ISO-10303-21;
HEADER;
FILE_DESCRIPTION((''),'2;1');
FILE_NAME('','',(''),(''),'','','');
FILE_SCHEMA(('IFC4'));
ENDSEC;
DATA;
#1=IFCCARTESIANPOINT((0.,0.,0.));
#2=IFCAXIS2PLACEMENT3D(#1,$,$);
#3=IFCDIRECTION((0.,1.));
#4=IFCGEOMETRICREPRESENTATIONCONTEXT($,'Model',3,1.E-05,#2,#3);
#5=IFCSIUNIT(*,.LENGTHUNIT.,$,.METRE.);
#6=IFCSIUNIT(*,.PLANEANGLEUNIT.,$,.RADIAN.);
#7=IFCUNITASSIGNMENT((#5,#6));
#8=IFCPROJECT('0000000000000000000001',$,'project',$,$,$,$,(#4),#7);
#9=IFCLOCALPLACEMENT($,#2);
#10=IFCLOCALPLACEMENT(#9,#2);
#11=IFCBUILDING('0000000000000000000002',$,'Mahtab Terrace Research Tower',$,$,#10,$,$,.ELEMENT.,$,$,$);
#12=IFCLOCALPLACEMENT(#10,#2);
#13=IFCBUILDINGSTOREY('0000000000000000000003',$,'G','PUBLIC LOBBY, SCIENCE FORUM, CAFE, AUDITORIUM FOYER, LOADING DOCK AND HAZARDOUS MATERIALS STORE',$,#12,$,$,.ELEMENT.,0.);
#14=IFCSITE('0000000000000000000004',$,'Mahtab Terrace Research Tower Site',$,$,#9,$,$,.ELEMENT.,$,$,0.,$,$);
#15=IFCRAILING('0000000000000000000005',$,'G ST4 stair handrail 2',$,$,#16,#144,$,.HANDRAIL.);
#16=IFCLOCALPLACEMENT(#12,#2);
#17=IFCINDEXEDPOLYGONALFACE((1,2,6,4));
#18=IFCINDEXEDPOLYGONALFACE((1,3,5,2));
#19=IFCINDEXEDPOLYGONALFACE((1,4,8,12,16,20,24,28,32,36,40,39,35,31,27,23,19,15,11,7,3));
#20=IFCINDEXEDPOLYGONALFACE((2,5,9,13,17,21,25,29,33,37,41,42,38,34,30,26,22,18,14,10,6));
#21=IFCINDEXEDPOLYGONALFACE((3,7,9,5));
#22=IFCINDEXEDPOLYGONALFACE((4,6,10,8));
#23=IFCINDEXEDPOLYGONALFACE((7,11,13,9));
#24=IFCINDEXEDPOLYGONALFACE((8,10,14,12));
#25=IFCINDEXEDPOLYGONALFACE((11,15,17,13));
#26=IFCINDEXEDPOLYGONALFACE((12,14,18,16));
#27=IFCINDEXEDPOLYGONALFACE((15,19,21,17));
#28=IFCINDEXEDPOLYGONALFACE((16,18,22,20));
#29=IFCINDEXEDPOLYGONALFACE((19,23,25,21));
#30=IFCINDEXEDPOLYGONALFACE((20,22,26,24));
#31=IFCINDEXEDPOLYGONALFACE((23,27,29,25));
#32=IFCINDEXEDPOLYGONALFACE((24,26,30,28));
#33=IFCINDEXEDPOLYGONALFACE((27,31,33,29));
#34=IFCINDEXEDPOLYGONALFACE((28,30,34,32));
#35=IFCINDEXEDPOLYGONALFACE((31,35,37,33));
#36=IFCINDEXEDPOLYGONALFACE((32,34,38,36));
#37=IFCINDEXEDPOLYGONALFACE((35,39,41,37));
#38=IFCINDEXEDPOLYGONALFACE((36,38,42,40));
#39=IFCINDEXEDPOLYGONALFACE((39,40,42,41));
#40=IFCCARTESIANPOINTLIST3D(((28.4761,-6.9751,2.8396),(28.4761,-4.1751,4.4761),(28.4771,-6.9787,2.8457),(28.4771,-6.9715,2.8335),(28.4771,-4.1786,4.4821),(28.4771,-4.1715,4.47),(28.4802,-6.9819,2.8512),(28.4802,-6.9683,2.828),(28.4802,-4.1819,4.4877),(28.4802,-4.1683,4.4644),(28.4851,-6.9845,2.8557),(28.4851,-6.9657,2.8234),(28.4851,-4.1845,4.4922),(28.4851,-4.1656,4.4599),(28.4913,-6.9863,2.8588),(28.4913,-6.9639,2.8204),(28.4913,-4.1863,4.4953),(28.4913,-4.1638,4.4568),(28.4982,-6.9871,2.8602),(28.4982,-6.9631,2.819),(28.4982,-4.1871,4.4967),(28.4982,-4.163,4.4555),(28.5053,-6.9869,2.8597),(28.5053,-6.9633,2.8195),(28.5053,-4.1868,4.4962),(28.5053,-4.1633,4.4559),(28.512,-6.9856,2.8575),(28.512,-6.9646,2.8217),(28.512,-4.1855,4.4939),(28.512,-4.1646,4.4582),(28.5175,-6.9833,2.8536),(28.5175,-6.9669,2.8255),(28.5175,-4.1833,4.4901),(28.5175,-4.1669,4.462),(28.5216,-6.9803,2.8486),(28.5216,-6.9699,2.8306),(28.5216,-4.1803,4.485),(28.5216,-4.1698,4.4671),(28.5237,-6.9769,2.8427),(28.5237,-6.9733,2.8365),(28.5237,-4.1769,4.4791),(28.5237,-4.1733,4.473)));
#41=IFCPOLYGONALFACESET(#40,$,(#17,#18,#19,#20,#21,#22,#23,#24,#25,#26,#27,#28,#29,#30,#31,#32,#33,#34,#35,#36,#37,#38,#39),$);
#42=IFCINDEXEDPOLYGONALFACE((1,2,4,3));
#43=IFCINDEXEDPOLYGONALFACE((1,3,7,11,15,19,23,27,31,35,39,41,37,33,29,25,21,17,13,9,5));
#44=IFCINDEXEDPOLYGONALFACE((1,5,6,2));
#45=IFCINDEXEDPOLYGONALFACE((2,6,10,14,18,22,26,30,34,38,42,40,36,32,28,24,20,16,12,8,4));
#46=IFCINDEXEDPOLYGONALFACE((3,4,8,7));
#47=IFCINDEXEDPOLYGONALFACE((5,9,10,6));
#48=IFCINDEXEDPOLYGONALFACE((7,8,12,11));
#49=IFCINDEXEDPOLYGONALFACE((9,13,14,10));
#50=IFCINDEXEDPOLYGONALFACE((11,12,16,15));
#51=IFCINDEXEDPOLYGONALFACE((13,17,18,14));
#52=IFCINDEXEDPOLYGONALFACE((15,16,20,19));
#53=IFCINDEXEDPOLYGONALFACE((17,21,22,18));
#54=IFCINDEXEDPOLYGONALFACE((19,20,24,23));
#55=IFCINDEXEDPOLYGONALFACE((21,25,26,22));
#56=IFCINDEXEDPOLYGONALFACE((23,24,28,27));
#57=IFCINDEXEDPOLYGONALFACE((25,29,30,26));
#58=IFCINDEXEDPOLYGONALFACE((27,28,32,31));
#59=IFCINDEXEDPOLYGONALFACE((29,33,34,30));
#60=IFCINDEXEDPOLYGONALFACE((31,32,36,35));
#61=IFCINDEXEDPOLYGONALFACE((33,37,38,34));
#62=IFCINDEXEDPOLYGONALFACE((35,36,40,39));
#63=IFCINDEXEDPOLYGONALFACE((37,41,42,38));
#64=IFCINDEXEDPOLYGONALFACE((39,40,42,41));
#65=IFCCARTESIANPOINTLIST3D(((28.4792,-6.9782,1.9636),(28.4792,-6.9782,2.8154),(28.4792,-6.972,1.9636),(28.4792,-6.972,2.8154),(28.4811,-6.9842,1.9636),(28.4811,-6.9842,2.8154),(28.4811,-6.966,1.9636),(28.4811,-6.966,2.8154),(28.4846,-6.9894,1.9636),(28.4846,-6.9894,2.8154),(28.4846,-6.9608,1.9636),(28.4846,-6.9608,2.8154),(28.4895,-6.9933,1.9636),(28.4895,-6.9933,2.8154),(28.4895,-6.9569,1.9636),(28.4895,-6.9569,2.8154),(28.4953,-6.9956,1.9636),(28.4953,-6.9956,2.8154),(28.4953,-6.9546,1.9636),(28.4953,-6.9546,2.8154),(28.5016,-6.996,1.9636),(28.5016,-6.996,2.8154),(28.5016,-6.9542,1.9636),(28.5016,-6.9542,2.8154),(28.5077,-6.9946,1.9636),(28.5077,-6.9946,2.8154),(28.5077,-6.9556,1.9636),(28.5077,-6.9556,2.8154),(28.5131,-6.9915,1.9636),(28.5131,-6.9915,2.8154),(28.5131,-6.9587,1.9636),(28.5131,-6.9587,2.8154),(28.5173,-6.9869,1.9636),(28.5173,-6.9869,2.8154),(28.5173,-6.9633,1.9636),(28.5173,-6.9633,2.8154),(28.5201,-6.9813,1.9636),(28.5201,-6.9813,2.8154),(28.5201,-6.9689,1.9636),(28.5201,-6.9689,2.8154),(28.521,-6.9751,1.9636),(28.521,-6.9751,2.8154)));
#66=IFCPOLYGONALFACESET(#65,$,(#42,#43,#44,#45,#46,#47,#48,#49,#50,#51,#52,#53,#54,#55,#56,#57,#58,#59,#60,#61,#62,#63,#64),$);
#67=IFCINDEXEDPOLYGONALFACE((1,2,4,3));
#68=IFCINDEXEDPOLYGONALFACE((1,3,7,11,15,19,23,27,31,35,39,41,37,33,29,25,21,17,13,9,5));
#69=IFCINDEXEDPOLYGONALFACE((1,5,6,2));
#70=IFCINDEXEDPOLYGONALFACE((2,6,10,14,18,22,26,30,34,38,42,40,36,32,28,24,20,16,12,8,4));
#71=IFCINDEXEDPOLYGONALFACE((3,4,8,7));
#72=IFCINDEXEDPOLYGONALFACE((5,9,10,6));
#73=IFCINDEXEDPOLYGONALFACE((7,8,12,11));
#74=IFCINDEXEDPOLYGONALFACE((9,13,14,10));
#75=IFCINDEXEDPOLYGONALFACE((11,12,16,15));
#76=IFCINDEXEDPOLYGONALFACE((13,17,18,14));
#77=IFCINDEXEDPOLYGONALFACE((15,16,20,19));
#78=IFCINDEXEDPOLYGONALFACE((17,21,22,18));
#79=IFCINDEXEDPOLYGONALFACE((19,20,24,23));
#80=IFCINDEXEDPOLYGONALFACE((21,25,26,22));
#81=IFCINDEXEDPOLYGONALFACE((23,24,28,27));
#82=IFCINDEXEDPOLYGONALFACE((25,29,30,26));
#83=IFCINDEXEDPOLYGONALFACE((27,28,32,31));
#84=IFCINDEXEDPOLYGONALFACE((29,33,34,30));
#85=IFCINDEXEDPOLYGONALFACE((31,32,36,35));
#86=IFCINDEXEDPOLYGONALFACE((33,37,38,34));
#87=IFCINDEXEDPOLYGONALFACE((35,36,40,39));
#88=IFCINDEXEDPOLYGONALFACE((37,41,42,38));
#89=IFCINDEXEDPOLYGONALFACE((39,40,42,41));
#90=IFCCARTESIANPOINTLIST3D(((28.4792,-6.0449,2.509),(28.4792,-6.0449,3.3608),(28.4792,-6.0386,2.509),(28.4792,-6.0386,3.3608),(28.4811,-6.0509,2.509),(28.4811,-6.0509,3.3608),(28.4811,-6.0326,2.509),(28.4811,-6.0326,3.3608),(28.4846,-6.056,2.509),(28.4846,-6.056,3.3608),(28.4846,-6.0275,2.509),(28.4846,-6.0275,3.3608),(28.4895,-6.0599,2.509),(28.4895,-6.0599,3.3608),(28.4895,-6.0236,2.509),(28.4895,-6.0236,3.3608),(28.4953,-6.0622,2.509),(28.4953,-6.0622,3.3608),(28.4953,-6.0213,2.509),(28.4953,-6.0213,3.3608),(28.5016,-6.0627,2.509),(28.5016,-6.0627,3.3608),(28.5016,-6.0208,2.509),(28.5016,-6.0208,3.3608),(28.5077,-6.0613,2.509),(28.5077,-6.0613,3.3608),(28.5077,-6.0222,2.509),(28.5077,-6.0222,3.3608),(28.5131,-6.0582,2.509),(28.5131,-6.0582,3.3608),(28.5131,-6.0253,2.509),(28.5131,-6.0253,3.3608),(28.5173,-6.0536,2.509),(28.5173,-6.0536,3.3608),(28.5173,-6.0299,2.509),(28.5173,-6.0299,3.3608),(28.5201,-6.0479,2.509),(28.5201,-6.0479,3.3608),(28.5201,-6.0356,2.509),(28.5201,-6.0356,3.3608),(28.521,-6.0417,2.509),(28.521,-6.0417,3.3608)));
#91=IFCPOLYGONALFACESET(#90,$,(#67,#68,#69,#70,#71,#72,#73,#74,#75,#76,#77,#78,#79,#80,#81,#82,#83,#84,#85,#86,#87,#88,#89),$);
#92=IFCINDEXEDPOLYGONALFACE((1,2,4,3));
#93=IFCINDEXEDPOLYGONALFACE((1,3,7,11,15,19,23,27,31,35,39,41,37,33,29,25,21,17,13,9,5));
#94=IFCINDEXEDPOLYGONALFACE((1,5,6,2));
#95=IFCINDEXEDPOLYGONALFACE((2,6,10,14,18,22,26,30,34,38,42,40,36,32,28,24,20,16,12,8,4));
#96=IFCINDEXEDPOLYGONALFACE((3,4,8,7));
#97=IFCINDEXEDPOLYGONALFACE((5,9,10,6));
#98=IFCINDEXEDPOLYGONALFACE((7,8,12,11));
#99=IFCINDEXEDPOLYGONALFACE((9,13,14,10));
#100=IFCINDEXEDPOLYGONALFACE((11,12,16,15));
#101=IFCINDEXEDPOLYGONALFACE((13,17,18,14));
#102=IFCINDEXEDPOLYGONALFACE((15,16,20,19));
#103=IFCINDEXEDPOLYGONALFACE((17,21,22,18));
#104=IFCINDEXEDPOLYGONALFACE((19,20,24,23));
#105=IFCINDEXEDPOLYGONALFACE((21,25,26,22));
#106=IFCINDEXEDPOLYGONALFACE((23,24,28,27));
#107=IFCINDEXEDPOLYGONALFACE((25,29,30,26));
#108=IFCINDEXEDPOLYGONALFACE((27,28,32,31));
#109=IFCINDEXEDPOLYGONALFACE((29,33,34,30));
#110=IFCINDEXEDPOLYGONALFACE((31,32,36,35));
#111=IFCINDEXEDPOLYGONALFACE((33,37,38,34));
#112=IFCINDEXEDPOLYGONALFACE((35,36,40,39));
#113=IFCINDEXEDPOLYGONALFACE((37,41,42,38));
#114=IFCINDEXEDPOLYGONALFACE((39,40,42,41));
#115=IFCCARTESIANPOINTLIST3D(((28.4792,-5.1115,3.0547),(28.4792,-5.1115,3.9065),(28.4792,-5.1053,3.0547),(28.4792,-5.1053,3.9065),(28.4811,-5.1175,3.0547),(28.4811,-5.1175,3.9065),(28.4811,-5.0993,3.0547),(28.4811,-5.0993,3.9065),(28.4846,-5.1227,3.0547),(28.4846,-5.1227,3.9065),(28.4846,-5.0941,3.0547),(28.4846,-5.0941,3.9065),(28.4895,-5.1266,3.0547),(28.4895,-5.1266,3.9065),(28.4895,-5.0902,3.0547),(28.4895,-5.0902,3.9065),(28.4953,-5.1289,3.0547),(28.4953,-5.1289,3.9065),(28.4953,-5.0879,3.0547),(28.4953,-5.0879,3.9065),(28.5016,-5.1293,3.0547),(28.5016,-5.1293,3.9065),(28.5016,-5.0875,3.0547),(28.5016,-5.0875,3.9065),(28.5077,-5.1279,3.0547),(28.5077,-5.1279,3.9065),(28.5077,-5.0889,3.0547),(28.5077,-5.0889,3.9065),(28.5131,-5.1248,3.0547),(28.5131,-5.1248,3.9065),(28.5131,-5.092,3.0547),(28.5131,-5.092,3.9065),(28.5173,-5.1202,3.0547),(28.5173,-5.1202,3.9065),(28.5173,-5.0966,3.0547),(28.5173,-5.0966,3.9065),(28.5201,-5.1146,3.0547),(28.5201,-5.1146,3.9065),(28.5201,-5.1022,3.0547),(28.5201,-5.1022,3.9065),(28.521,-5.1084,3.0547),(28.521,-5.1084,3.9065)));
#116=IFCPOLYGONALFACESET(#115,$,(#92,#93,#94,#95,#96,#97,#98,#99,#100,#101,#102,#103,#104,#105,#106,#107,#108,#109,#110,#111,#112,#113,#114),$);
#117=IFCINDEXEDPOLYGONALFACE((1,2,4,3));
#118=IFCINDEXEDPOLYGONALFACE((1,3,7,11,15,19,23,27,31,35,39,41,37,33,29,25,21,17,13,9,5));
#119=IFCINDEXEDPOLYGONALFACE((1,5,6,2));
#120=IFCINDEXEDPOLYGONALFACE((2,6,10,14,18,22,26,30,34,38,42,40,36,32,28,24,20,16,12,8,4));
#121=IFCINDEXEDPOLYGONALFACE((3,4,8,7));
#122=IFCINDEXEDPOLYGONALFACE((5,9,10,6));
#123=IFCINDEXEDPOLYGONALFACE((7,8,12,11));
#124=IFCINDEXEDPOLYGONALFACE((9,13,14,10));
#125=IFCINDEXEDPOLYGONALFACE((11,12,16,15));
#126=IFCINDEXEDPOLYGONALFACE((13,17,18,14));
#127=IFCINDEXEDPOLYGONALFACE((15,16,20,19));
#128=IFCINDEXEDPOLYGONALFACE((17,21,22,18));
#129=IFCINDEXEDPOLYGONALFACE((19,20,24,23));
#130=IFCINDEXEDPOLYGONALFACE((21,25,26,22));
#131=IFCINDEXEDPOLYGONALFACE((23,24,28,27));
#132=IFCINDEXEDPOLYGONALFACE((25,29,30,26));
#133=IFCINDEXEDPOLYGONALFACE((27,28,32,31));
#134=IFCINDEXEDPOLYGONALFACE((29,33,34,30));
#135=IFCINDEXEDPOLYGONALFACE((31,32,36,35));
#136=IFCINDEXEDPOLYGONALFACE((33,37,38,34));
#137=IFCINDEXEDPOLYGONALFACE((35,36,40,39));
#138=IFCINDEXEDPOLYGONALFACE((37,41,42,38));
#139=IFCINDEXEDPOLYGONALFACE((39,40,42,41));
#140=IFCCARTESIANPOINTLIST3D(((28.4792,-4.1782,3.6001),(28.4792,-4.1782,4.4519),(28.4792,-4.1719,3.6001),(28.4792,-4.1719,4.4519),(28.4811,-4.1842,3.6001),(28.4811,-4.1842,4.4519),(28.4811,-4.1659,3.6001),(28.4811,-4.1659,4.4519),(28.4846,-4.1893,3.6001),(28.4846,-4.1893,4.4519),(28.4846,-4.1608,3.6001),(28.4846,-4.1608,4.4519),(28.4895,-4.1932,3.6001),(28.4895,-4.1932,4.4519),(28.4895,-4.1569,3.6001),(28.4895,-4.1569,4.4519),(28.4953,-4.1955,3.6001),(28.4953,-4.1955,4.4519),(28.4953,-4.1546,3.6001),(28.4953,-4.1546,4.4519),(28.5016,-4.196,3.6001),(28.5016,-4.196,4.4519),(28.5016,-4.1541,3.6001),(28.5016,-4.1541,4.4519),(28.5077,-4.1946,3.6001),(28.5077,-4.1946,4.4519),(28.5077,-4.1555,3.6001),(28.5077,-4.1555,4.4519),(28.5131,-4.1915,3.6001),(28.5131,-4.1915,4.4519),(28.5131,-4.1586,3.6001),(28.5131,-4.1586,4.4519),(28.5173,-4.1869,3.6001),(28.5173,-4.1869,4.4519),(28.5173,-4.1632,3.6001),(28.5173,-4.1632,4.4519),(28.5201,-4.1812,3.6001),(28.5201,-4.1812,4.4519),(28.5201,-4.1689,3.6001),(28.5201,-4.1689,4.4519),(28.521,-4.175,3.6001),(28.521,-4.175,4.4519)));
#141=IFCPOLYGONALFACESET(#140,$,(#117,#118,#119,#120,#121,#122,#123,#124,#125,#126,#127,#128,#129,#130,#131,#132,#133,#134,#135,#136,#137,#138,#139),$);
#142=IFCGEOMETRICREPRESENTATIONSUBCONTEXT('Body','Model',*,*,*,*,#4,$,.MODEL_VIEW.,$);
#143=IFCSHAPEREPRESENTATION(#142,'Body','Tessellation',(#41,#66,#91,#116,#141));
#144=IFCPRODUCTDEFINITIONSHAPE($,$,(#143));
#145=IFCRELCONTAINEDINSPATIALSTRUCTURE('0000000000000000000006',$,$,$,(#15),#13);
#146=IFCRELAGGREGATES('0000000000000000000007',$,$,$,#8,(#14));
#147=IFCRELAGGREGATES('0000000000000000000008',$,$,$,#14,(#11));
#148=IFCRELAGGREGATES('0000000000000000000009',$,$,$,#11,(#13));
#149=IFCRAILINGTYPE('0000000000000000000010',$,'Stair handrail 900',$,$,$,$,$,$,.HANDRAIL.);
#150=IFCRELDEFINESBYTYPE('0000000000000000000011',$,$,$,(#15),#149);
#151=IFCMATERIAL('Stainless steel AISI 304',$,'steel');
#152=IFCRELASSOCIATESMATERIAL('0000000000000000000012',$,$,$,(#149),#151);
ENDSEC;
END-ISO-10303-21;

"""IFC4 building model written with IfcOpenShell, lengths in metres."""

from ifc_helpers import new_model, si_unit, direction, frame, origin, origin_2d, place, context, subcontext, project, spatial, circle, extrude, material, type_object, element, save


model = new_model("IFC4")

# Units and contexts
model_context = context("Model", 3, precision=1e-05, world=origin(), true_north=direction((0.0, 1.0)))
body_context = subcontext(model_context, "Body", "Model", "MODEL_VIEW")
ifc_project = project(units=[si_unit("LENGTHUNIT", "METRE"), si_unit("PLANEANGLEUNIT", "RADIAN")], contexts=[model_context])

# Site, building, storey
site_placement = place(None, origin())
site = spatial("IfcSite", under=ifc_project, at=site_placement, Name="Mahtab Terrace Research Tower Site", CompositionType="ELEMENT", RefElevation=0.0)
building_placement = place(site_placement, origin())
building = spatial("IfcBuilding", under=site, at=building_placement, Name="Mahtab Terrace Research Tower", CompositionType="ELEMENT")
storey_placement = place(building_placement, origin())
storey = spatial("IfcBuildingStorey", under=building, at=storey_placement, Name="G", Description="PUBLIC LOBBY, SCIENCE FORUM, CAFE, AUDITORIUM FOYER, LOADING DOCK AND HAZARDOUS MATERIALS STORE", CompositionType="ELEMENT", Elevation=0.0)

# Railing
ifc_material_1 = material(Name="Stainless steel AISI 304", Category="steel")
railing_type_1 = type_object("IfcRailingType", Name="Stair handrail 900", PredefinedType="HANDRAIL", material=ifc_material_1)
railing_1_placement = place(storey_placement, frame((28.5, -6.9751, 1.9636)))
element("IfcRailing", 1, at=railing_1_placement, inside=storey, type_object=railing_type_1, Name="G ST4 stair handrail 2", PredefinedType="HANDRAIL", context=body_context, shape_type="SweptSolid", body=[
    extrude(circle(Radius=0.0239, at=origin_2d()), frame((0.0, 0.0, 0.876), z_axis=(0.0, 0.863361, 0.504587), x_axis=(-1.0, 0.0, 0.0)), (0.0, 0.0, 1.0), 3.2432),
    extrude(circle(Radius=0.021, at=origin_2d()), origin(), (0.0, 0.0, 1.0), 0.8518),
    extrude(circle(Radius=0.021, at=origin_2d()), frame((0.0, 0.9333, 0.5454)), (0.0, 0.0, 1.0), 0.8518),
    extrude(circle(Radius=0.021, at=origin_2d()), frame((0.0, 1.8667, 1.0911)), (0.0, 0.0, 1.0), 0.8518),
    extrude(circle(Radius=0.021, at=origin_2d()), frame((0.0, 2.8, 1.6365)), (0.0, 0.0, 1.0), 0.8518),
])

save(model, "model.ifc")
